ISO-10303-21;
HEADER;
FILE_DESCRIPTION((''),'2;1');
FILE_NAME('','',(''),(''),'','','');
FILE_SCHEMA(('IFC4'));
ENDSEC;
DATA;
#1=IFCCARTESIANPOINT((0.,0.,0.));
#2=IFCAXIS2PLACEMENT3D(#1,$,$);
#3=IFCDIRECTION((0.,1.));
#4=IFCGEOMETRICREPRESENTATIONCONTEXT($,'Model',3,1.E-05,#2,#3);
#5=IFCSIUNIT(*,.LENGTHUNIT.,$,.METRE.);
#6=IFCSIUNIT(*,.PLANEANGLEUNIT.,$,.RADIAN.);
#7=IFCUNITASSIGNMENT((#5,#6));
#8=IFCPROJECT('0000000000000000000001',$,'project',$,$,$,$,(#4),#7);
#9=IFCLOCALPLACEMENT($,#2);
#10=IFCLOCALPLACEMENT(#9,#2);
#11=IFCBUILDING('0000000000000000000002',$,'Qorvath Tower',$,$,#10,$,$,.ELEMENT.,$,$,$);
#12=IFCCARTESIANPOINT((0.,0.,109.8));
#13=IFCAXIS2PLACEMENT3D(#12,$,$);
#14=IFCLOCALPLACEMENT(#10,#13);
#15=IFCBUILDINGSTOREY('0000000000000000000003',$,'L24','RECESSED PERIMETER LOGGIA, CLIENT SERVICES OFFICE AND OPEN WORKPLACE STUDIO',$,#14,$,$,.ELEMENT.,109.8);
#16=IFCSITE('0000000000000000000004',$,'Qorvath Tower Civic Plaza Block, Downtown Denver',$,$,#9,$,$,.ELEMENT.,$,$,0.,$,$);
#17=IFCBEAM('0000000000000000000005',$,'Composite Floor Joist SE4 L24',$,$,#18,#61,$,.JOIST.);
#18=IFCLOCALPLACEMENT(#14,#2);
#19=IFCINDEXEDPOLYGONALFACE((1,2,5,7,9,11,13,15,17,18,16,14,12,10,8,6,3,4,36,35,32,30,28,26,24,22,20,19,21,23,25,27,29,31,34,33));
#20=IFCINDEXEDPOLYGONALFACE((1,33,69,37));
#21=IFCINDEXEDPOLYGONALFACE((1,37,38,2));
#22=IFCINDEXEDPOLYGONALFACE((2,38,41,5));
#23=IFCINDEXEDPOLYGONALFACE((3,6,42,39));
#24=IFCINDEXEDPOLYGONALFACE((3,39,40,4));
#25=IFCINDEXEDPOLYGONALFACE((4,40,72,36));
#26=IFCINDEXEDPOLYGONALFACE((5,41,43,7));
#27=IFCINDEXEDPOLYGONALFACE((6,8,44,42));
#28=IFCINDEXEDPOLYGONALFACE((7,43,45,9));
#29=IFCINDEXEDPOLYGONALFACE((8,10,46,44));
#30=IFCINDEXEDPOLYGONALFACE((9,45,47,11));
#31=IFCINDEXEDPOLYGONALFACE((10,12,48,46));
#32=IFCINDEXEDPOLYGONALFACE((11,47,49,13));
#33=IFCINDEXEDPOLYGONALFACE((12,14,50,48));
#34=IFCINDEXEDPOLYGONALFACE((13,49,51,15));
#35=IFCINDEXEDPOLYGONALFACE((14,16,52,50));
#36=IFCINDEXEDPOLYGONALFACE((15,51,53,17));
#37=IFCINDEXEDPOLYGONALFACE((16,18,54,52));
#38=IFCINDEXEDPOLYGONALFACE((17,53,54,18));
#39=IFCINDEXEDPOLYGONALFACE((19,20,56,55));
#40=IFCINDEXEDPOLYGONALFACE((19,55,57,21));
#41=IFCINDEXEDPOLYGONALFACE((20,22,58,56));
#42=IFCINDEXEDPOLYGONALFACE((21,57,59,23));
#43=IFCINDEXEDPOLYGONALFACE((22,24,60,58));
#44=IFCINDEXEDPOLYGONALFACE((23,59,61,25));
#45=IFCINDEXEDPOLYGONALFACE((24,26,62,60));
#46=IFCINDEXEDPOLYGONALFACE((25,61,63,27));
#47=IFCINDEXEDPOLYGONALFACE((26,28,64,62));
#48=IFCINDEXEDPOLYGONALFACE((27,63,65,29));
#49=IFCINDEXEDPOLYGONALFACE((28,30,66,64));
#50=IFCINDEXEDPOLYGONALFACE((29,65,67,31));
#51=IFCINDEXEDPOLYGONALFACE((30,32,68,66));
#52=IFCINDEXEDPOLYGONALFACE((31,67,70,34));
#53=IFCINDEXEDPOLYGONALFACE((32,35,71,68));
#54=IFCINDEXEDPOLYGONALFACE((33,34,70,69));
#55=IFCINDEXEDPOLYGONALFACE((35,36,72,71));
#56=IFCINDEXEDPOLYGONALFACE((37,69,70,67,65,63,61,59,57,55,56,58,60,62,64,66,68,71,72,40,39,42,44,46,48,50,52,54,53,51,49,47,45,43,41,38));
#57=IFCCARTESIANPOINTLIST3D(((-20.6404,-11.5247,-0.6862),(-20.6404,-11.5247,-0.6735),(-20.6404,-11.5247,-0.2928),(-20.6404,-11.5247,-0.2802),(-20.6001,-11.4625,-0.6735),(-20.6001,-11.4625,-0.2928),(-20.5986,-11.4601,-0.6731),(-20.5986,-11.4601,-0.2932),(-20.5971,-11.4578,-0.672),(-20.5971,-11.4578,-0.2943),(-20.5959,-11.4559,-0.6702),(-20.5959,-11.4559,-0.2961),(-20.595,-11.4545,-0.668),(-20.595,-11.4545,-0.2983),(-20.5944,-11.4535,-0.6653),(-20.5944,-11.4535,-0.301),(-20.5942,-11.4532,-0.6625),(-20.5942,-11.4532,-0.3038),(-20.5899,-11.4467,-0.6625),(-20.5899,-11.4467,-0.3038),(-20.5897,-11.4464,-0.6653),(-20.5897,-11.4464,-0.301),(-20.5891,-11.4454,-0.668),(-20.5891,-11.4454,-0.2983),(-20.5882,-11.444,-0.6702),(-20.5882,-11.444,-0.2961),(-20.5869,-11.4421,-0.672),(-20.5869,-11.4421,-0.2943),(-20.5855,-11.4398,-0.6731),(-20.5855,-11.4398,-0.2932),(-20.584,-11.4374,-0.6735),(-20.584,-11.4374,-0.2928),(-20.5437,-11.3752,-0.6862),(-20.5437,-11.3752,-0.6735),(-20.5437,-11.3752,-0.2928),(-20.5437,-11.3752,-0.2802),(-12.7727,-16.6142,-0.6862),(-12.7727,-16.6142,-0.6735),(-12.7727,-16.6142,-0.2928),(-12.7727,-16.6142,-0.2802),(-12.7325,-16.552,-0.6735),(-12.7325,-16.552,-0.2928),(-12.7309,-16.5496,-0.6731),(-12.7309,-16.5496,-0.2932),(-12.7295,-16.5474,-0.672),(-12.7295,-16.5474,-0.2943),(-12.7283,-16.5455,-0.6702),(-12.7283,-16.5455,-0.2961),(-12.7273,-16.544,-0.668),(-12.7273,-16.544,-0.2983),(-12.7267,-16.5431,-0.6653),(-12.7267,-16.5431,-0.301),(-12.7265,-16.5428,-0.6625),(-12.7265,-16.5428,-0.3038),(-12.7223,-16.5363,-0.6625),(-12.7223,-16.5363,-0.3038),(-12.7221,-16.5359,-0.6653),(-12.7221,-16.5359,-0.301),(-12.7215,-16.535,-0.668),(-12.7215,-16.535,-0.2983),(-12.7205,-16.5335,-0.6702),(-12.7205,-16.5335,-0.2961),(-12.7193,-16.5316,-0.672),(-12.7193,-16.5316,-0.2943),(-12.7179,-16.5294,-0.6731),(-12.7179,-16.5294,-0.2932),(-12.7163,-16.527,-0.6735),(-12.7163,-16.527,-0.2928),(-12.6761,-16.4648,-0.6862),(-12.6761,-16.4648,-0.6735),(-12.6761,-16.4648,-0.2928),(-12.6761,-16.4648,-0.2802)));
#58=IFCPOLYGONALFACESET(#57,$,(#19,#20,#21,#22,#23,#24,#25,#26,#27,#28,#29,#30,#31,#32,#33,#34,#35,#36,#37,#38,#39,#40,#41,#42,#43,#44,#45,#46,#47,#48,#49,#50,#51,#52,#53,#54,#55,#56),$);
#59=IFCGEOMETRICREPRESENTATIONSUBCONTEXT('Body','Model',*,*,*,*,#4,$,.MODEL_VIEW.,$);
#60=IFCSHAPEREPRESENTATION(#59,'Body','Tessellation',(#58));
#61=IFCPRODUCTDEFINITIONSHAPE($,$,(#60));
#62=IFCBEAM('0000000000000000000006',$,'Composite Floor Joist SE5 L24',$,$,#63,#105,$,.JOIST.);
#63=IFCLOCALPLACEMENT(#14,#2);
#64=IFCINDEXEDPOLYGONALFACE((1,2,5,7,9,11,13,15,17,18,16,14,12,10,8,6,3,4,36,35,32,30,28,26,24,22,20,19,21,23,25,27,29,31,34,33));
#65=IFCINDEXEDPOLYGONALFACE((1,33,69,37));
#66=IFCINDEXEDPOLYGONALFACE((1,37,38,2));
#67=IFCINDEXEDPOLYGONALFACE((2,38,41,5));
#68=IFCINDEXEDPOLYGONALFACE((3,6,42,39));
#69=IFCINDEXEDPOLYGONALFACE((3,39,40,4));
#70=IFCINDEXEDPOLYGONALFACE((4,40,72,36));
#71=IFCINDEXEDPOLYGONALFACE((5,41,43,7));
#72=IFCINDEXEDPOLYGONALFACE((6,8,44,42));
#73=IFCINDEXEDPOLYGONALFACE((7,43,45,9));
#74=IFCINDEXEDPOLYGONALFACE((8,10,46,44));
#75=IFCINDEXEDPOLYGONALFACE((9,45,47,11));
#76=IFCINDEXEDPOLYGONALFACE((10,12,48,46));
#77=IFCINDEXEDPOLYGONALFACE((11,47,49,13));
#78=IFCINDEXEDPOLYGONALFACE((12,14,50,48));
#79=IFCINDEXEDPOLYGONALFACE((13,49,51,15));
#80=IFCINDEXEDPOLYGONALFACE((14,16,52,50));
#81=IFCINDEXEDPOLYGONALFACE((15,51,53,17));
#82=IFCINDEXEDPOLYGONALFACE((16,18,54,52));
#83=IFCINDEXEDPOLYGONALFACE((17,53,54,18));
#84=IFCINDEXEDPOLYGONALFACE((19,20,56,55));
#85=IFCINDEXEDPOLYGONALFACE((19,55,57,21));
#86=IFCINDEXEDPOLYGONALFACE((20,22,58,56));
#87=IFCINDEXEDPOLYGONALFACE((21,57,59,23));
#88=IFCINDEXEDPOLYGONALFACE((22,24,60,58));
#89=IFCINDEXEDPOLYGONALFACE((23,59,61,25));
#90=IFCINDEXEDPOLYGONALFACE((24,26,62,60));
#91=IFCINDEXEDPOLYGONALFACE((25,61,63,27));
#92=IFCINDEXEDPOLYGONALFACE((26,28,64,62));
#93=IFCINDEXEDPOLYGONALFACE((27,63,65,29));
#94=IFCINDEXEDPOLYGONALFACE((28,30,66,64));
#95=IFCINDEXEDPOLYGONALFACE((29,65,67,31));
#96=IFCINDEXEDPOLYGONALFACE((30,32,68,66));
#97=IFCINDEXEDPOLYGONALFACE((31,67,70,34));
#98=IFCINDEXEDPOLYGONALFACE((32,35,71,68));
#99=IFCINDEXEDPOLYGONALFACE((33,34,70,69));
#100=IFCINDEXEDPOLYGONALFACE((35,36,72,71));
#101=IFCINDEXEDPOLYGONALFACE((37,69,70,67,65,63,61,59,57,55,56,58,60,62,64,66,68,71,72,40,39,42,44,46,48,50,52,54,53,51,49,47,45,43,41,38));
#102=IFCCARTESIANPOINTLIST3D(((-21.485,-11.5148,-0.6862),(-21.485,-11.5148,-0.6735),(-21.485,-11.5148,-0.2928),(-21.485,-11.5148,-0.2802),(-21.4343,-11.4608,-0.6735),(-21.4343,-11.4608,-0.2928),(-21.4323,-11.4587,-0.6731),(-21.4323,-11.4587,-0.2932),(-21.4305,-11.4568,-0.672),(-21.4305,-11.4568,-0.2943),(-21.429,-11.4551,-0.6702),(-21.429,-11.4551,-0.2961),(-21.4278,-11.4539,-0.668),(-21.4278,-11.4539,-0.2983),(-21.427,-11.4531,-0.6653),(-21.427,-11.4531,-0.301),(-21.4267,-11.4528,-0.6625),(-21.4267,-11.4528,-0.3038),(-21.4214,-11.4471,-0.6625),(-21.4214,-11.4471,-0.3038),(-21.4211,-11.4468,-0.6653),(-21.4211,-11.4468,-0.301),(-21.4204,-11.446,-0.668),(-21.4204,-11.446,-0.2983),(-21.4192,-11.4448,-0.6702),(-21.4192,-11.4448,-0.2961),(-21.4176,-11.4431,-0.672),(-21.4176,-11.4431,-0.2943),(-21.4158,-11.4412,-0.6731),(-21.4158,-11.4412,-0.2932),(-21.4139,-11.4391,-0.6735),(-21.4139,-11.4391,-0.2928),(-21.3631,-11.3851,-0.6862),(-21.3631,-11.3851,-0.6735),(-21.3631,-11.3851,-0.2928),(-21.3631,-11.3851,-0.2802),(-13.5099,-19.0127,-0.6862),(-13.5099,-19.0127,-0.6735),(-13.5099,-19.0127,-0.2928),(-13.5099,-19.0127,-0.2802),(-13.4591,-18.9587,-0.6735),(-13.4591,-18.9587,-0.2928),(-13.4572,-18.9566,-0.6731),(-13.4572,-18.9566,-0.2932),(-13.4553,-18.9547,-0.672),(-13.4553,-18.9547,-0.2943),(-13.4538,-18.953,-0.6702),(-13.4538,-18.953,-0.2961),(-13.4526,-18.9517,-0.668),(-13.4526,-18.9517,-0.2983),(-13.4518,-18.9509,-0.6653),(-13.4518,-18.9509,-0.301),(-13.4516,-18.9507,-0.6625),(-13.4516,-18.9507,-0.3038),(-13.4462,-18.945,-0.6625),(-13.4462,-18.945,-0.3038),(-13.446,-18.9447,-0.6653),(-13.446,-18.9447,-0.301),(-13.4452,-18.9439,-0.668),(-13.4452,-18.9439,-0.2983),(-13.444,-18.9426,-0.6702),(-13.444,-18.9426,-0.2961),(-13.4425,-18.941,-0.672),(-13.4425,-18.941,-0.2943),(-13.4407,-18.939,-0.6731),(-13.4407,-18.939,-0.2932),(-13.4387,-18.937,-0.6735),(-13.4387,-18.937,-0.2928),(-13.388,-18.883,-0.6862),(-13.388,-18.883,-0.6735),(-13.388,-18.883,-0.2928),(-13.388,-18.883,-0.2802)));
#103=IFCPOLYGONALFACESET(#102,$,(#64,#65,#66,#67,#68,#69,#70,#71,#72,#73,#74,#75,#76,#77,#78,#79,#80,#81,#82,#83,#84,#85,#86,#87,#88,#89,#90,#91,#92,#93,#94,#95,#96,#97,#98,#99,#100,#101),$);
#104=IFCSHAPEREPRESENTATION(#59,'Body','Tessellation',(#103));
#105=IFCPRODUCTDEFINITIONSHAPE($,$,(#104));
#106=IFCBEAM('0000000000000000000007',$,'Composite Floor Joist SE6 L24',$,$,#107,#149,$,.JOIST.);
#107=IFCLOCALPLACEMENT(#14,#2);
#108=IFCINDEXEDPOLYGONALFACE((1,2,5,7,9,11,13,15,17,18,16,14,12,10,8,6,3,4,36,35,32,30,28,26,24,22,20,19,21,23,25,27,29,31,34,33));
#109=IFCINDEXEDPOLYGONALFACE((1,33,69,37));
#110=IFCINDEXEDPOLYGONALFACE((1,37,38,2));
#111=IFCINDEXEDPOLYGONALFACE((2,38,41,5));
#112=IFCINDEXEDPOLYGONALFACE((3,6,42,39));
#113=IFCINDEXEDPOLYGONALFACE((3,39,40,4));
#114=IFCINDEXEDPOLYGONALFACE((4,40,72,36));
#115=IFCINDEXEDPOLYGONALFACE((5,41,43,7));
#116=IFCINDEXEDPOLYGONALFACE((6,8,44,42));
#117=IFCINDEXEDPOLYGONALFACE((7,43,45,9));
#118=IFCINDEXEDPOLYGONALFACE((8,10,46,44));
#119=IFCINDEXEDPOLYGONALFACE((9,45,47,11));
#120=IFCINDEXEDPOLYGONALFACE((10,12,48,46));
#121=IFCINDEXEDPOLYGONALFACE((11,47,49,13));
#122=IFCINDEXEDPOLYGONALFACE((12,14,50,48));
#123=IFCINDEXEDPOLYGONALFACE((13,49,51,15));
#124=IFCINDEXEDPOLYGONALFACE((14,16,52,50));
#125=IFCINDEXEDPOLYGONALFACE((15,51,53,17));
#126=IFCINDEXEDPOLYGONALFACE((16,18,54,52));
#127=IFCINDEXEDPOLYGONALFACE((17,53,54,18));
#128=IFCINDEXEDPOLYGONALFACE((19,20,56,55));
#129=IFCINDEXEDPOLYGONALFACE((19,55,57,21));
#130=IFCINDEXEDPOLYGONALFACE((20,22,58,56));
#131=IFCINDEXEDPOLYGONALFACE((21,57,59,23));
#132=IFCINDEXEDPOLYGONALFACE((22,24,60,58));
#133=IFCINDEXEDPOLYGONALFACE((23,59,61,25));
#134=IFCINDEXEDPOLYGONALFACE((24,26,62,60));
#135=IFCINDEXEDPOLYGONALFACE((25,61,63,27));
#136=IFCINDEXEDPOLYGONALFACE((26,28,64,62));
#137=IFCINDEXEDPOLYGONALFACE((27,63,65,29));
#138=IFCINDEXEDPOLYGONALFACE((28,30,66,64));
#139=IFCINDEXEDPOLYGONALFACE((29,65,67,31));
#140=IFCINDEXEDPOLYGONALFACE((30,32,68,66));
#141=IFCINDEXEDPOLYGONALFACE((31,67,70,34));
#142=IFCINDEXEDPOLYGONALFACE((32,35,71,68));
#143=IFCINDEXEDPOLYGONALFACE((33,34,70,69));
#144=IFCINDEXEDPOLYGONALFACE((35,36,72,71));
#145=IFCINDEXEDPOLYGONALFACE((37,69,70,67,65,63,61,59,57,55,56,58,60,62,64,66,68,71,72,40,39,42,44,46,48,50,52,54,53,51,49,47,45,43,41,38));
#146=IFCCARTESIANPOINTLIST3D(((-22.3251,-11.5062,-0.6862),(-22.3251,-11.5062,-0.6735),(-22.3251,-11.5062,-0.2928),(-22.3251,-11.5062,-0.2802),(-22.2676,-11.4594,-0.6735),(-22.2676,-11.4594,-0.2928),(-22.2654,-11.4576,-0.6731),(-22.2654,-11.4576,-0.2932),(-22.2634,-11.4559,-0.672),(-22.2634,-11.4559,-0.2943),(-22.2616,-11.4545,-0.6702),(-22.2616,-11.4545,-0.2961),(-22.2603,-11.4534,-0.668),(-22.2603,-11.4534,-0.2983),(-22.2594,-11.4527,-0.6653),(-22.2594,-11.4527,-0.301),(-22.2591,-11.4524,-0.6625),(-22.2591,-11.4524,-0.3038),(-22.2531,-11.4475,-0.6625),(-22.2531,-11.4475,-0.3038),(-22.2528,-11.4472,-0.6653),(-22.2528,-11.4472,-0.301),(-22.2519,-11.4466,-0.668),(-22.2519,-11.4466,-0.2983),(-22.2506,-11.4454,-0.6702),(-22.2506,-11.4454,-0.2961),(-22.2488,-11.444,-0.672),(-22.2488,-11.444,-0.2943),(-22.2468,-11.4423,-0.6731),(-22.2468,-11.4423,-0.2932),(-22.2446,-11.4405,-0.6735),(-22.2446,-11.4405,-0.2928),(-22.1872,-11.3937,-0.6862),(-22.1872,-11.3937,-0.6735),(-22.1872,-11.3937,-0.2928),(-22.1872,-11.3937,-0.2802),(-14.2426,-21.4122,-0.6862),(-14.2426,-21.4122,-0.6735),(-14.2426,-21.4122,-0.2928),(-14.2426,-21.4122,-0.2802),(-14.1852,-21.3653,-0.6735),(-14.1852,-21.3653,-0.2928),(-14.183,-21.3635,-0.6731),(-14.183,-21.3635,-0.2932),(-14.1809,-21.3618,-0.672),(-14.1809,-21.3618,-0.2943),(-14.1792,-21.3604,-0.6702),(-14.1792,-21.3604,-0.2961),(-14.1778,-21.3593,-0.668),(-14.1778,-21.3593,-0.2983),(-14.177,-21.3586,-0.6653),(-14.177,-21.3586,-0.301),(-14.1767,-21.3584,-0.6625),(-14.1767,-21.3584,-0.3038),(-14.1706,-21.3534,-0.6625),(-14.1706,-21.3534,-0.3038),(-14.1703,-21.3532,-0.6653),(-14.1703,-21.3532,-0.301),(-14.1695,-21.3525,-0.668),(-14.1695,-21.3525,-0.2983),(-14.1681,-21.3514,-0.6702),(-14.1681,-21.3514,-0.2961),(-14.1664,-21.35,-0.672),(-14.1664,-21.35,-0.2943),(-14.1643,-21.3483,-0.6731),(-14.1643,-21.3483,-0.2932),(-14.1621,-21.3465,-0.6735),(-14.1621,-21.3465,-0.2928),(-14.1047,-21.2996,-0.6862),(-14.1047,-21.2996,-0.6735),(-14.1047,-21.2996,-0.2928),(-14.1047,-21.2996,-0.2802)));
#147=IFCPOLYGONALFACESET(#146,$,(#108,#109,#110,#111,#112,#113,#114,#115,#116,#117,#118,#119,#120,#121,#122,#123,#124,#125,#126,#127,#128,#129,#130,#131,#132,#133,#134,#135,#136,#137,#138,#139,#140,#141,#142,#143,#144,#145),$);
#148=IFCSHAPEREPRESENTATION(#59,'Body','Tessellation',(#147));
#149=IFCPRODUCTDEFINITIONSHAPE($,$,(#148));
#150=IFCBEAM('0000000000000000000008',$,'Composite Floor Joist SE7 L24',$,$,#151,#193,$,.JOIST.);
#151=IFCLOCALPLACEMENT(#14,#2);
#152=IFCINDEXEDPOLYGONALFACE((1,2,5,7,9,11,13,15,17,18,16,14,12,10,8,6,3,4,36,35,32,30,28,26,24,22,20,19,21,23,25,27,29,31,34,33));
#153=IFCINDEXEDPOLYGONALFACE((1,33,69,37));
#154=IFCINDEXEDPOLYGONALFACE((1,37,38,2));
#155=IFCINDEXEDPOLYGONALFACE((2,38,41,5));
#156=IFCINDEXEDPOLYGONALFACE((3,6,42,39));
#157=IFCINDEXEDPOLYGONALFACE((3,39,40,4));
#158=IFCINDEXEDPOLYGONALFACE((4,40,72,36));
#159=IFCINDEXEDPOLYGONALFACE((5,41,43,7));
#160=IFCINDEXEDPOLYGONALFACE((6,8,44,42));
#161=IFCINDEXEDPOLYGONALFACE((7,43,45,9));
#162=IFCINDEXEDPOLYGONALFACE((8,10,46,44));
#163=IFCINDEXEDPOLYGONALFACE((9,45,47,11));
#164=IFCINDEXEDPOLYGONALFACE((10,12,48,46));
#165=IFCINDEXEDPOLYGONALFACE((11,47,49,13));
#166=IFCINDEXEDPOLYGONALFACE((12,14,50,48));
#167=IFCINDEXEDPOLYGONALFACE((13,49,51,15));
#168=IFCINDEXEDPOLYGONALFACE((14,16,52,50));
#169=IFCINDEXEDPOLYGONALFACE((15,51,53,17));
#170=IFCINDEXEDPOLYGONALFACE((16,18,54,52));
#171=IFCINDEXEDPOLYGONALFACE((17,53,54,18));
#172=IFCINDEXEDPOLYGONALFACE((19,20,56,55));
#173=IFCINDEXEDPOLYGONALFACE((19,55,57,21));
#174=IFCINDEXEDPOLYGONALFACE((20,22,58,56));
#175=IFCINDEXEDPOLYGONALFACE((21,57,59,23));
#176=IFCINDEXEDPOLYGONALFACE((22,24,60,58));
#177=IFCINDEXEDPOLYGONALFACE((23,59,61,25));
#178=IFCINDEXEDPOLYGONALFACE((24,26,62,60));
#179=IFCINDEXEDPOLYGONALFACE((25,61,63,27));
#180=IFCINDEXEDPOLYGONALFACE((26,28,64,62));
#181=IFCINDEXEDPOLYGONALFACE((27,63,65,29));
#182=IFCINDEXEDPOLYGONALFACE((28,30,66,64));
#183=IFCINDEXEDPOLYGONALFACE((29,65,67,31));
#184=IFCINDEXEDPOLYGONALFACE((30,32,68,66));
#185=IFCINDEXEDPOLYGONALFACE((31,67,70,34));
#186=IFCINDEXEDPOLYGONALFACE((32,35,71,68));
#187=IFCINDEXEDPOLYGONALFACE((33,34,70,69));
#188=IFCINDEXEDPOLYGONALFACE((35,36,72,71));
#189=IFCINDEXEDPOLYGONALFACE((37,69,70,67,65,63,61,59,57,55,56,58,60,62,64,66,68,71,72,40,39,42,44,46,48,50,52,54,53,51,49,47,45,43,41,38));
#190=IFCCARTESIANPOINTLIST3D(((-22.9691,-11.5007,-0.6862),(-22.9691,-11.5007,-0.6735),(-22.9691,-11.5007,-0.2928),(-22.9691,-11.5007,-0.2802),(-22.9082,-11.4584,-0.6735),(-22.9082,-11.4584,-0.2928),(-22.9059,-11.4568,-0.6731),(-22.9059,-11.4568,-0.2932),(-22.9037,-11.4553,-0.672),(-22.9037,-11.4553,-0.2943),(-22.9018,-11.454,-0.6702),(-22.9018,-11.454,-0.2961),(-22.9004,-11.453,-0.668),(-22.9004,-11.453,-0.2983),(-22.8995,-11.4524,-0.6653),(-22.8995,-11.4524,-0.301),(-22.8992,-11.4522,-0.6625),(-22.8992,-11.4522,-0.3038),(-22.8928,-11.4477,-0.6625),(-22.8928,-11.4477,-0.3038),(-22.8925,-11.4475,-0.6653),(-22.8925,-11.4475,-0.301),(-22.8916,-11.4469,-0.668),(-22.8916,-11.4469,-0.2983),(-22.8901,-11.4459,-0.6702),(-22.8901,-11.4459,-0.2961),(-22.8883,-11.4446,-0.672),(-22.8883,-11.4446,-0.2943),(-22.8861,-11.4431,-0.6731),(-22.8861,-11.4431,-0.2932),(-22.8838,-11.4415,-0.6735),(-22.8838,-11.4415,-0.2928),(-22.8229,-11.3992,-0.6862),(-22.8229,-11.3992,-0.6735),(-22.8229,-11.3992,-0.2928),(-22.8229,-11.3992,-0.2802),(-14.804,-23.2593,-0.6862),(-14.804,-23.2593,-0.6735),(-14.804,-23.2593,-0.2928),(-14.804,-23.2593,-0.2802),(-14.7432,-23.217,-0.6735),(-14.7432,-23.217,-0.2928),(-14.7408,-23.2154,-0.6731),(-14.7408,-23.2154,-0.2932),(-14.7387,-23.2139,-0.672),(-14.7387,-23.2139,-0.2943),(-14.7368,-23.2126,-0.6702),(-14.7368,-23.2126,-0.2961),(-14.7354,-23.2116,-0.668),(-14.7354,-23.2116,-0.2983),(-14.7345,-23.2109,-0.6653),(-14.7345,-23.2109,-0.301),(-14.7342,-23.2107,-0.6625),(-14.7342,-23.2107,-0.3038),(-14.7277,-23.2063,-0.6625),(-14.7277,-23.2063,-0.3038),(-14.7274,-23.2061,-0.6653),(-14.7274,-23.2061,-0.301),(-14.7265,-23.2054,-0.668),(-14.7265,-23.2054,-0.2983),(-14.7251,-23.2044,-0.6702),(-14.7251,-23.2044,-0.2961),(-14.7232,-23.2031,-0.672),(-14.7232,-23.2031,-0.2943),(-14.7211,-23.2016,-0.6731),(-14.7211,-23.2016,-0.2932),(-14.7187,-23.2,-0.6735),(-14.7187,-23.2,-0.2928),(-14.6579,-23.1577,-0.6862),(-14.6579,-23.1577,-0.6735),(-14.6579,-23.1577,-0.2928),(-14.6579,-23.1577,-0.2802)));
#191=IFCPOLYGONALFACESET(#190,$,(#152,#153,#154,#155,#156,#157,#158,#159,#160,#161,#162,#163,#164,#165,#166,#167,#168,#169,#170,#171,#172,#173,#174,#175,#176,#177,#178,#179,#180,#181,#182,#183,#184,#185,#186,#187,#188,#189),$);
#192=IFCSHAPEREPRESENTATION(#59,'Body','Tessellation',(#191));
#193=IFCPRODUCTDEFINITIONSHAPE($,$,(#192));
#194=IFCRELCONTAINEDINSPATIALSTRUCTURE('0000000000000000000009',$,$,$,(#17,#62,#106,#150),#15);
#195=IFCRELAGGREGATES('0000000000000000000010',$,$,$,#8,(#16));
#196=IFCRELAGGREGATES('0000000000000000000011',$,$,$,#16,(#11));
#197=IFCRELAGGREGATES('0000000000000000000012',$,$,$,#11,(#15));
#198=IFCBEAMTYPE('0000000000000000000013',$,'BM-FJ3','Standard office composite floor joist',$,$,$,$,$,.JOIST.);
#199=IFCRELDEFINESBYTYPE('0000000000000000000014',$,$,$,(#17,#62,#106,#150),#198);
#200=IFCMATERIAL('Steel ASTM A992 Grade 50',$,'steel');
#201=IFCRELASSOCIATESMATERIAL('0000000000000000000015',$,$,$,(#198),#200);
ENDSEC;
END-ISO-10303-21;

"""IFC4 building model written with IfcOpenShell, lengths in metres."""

from ifc_helpers import new_model, si_unit, direction, frame, origin, origin_2d, place, context, subcontext, project, spatial, i_section, extrude, material, material_profile, profile_set, type_object, element, save


model = new_model("IFC4")

# Units and contexts
model_context = context("Model", 3, precision=1e-05, world=origin(), true_north=direction((0.0, 1.0)))
body_context = subcontext(model_context, "Body", "Model", "MODEL_VIEW")
ifc_project = project(units=[si_unit("LENGTHUNIT", "METRE"), si_unit("PLANEANGLEUNIT", "RADIAN")], contexts=[model_context])

# Site, building, storey
site_placement = place(None, origin())
site = spatial("IfcSite", under=ifc_project, at=site_placement, Name="Qorvath Tower Civic Plaza Block, Downtown Denver", CompositionType="ELEMENT", RefElevation=0.0)
building_placement = place(site_placement, origin())
building = spatial("IfcBuilding", under=site, at=building_placement, Name="Qorvath Tower", CompositionType="ELEMENT")
storey_placement = place(building_placement, frame((0.0, 0.0, 109.8)))
storey = spatial("IfcBuildingStorey", under=building, at=storey_placement, Name="L24", Description="RECESSED PERIMETER LOGGIA, CLIENT SERVICES OFFICE AND OPEN WORKPLACE STUDIO", CompositionType="ELEMENT", Elevation=109.8)

# Beams
ifc_material_1 = material(Name="Steel ASTM A992 Grade 50", Category="steel")
ifc_material_profile_1 = material_profile(ifc_material_1, i_section(OverallWidth=0.178, OverallDepth=0.406, WebThickness=0.0078, FlangeThickness=0.0127, FilletRadius=0.011, at=origin_2d()), Name="W16x40")
ifc_profile_set_1 = profile_set([ifc_material_profile_1], Name="Steel ASTM A992 Grade 50")
beam_type_1 = type_object("IfcBeamType", Name="BM-FJ3", Description="Standard office composite floor joist", PredefinedType="JOIST", material=ifc_profile_set_1)
beam_1_placement = place(storey_placement, frame((-20.592, -11.45, -0.4832), z_axis=(0.839631, -0.543157, 0.0), x_axis=(0.543157, 0.839631, 0.0)))
element("IfcBeam", 1, at=beam_1_placement, inside=storey, type_object=beam_type_1, Name="Composite Floor Joist SE4 L24", PredefinedType="JOIST", context=body_context, shape_type="SweptSolid", body=[
    extrude(i_section(OverallWidth=0.178, OverallDepth=0.406, WebThickness=0.0078, FlangeThickness=0.0127, FilletRadius=0.011, at=origin_2d()), origin(), (0.0, 0.0, 1.0), 9.3704),
])
beam_2_placement = place(storey_placement, frame((-21.4241, -11.45, -0.4832), z_axis=(0.728572, -0.684969, 0.0), x_axis=(0.684969, 0.728572, 0.0)))
element("IfcBeam", 2, at=beam_2_placement, inside=storey, type_object=beam_type_1, Name="Composite Floor Joist SE5 L24", PredefinedType="JOIST", context=body_context, shape_type="SweptSolid", body=[
    extrude(i_section(OverallWidth=0.178, OverallDepth=0.406, WebThickness=0.0078, FlangeThickness=0.0127, FilletRadius=0.011, at=origin_2d()), origin(), (0.0, 0.0, 1.0), 10.9463),
])
beam_3_placement = place(storey_placement, frame((-22.2561, -11.45, -0.4832), z_axis=(0.632188, -0.774815, 0.0), x_axis=(0.774815, 0.632188, 0.0)))
element("IfcBeam", 3, at=beam_3_placement, inside=storey, type_object=beam_type_1, Name="Composite Floor Joist SE6 L24", PredefinedType="JOIST", context=body_context, shape_type="SweptSolid", body=[
    extrude(i_section(OverallWidth=0.178, OverallDepth=0.406, WebThickness=0.0078, FlangeThickness=0.0127, FilletRadius=0.011, at=origin_2d()), origin(), (0.0, 0.0, 1.0), 12.7849),
])
beam_4_placement = place(storey_placement, frame((-22.896, -11.45, -0.4832), z_axis=(0.570367, -0.82139, 0.0), x_axis=(0.82139, 0.570367, 0.0)))
element("IfcBeam", 4, at=beam_4_placement, inside=storey, type_object=beam_type_1, Name="Composite Floor Joist SE7 L24", PredefinedType="JOIST", context=body_context, shape_type="SweptSolid", body=[
    extrude(i_section(OverallWidth=0.178, OverallDepth=0.406, WebThickness=0.0078, FlangeThickness=0.0127, FilletRadius=0.011, at=origin_2d()), origin(), (0.0, 0.0, 1.0), 14.3154),
])

save(model, "model.ifc")
